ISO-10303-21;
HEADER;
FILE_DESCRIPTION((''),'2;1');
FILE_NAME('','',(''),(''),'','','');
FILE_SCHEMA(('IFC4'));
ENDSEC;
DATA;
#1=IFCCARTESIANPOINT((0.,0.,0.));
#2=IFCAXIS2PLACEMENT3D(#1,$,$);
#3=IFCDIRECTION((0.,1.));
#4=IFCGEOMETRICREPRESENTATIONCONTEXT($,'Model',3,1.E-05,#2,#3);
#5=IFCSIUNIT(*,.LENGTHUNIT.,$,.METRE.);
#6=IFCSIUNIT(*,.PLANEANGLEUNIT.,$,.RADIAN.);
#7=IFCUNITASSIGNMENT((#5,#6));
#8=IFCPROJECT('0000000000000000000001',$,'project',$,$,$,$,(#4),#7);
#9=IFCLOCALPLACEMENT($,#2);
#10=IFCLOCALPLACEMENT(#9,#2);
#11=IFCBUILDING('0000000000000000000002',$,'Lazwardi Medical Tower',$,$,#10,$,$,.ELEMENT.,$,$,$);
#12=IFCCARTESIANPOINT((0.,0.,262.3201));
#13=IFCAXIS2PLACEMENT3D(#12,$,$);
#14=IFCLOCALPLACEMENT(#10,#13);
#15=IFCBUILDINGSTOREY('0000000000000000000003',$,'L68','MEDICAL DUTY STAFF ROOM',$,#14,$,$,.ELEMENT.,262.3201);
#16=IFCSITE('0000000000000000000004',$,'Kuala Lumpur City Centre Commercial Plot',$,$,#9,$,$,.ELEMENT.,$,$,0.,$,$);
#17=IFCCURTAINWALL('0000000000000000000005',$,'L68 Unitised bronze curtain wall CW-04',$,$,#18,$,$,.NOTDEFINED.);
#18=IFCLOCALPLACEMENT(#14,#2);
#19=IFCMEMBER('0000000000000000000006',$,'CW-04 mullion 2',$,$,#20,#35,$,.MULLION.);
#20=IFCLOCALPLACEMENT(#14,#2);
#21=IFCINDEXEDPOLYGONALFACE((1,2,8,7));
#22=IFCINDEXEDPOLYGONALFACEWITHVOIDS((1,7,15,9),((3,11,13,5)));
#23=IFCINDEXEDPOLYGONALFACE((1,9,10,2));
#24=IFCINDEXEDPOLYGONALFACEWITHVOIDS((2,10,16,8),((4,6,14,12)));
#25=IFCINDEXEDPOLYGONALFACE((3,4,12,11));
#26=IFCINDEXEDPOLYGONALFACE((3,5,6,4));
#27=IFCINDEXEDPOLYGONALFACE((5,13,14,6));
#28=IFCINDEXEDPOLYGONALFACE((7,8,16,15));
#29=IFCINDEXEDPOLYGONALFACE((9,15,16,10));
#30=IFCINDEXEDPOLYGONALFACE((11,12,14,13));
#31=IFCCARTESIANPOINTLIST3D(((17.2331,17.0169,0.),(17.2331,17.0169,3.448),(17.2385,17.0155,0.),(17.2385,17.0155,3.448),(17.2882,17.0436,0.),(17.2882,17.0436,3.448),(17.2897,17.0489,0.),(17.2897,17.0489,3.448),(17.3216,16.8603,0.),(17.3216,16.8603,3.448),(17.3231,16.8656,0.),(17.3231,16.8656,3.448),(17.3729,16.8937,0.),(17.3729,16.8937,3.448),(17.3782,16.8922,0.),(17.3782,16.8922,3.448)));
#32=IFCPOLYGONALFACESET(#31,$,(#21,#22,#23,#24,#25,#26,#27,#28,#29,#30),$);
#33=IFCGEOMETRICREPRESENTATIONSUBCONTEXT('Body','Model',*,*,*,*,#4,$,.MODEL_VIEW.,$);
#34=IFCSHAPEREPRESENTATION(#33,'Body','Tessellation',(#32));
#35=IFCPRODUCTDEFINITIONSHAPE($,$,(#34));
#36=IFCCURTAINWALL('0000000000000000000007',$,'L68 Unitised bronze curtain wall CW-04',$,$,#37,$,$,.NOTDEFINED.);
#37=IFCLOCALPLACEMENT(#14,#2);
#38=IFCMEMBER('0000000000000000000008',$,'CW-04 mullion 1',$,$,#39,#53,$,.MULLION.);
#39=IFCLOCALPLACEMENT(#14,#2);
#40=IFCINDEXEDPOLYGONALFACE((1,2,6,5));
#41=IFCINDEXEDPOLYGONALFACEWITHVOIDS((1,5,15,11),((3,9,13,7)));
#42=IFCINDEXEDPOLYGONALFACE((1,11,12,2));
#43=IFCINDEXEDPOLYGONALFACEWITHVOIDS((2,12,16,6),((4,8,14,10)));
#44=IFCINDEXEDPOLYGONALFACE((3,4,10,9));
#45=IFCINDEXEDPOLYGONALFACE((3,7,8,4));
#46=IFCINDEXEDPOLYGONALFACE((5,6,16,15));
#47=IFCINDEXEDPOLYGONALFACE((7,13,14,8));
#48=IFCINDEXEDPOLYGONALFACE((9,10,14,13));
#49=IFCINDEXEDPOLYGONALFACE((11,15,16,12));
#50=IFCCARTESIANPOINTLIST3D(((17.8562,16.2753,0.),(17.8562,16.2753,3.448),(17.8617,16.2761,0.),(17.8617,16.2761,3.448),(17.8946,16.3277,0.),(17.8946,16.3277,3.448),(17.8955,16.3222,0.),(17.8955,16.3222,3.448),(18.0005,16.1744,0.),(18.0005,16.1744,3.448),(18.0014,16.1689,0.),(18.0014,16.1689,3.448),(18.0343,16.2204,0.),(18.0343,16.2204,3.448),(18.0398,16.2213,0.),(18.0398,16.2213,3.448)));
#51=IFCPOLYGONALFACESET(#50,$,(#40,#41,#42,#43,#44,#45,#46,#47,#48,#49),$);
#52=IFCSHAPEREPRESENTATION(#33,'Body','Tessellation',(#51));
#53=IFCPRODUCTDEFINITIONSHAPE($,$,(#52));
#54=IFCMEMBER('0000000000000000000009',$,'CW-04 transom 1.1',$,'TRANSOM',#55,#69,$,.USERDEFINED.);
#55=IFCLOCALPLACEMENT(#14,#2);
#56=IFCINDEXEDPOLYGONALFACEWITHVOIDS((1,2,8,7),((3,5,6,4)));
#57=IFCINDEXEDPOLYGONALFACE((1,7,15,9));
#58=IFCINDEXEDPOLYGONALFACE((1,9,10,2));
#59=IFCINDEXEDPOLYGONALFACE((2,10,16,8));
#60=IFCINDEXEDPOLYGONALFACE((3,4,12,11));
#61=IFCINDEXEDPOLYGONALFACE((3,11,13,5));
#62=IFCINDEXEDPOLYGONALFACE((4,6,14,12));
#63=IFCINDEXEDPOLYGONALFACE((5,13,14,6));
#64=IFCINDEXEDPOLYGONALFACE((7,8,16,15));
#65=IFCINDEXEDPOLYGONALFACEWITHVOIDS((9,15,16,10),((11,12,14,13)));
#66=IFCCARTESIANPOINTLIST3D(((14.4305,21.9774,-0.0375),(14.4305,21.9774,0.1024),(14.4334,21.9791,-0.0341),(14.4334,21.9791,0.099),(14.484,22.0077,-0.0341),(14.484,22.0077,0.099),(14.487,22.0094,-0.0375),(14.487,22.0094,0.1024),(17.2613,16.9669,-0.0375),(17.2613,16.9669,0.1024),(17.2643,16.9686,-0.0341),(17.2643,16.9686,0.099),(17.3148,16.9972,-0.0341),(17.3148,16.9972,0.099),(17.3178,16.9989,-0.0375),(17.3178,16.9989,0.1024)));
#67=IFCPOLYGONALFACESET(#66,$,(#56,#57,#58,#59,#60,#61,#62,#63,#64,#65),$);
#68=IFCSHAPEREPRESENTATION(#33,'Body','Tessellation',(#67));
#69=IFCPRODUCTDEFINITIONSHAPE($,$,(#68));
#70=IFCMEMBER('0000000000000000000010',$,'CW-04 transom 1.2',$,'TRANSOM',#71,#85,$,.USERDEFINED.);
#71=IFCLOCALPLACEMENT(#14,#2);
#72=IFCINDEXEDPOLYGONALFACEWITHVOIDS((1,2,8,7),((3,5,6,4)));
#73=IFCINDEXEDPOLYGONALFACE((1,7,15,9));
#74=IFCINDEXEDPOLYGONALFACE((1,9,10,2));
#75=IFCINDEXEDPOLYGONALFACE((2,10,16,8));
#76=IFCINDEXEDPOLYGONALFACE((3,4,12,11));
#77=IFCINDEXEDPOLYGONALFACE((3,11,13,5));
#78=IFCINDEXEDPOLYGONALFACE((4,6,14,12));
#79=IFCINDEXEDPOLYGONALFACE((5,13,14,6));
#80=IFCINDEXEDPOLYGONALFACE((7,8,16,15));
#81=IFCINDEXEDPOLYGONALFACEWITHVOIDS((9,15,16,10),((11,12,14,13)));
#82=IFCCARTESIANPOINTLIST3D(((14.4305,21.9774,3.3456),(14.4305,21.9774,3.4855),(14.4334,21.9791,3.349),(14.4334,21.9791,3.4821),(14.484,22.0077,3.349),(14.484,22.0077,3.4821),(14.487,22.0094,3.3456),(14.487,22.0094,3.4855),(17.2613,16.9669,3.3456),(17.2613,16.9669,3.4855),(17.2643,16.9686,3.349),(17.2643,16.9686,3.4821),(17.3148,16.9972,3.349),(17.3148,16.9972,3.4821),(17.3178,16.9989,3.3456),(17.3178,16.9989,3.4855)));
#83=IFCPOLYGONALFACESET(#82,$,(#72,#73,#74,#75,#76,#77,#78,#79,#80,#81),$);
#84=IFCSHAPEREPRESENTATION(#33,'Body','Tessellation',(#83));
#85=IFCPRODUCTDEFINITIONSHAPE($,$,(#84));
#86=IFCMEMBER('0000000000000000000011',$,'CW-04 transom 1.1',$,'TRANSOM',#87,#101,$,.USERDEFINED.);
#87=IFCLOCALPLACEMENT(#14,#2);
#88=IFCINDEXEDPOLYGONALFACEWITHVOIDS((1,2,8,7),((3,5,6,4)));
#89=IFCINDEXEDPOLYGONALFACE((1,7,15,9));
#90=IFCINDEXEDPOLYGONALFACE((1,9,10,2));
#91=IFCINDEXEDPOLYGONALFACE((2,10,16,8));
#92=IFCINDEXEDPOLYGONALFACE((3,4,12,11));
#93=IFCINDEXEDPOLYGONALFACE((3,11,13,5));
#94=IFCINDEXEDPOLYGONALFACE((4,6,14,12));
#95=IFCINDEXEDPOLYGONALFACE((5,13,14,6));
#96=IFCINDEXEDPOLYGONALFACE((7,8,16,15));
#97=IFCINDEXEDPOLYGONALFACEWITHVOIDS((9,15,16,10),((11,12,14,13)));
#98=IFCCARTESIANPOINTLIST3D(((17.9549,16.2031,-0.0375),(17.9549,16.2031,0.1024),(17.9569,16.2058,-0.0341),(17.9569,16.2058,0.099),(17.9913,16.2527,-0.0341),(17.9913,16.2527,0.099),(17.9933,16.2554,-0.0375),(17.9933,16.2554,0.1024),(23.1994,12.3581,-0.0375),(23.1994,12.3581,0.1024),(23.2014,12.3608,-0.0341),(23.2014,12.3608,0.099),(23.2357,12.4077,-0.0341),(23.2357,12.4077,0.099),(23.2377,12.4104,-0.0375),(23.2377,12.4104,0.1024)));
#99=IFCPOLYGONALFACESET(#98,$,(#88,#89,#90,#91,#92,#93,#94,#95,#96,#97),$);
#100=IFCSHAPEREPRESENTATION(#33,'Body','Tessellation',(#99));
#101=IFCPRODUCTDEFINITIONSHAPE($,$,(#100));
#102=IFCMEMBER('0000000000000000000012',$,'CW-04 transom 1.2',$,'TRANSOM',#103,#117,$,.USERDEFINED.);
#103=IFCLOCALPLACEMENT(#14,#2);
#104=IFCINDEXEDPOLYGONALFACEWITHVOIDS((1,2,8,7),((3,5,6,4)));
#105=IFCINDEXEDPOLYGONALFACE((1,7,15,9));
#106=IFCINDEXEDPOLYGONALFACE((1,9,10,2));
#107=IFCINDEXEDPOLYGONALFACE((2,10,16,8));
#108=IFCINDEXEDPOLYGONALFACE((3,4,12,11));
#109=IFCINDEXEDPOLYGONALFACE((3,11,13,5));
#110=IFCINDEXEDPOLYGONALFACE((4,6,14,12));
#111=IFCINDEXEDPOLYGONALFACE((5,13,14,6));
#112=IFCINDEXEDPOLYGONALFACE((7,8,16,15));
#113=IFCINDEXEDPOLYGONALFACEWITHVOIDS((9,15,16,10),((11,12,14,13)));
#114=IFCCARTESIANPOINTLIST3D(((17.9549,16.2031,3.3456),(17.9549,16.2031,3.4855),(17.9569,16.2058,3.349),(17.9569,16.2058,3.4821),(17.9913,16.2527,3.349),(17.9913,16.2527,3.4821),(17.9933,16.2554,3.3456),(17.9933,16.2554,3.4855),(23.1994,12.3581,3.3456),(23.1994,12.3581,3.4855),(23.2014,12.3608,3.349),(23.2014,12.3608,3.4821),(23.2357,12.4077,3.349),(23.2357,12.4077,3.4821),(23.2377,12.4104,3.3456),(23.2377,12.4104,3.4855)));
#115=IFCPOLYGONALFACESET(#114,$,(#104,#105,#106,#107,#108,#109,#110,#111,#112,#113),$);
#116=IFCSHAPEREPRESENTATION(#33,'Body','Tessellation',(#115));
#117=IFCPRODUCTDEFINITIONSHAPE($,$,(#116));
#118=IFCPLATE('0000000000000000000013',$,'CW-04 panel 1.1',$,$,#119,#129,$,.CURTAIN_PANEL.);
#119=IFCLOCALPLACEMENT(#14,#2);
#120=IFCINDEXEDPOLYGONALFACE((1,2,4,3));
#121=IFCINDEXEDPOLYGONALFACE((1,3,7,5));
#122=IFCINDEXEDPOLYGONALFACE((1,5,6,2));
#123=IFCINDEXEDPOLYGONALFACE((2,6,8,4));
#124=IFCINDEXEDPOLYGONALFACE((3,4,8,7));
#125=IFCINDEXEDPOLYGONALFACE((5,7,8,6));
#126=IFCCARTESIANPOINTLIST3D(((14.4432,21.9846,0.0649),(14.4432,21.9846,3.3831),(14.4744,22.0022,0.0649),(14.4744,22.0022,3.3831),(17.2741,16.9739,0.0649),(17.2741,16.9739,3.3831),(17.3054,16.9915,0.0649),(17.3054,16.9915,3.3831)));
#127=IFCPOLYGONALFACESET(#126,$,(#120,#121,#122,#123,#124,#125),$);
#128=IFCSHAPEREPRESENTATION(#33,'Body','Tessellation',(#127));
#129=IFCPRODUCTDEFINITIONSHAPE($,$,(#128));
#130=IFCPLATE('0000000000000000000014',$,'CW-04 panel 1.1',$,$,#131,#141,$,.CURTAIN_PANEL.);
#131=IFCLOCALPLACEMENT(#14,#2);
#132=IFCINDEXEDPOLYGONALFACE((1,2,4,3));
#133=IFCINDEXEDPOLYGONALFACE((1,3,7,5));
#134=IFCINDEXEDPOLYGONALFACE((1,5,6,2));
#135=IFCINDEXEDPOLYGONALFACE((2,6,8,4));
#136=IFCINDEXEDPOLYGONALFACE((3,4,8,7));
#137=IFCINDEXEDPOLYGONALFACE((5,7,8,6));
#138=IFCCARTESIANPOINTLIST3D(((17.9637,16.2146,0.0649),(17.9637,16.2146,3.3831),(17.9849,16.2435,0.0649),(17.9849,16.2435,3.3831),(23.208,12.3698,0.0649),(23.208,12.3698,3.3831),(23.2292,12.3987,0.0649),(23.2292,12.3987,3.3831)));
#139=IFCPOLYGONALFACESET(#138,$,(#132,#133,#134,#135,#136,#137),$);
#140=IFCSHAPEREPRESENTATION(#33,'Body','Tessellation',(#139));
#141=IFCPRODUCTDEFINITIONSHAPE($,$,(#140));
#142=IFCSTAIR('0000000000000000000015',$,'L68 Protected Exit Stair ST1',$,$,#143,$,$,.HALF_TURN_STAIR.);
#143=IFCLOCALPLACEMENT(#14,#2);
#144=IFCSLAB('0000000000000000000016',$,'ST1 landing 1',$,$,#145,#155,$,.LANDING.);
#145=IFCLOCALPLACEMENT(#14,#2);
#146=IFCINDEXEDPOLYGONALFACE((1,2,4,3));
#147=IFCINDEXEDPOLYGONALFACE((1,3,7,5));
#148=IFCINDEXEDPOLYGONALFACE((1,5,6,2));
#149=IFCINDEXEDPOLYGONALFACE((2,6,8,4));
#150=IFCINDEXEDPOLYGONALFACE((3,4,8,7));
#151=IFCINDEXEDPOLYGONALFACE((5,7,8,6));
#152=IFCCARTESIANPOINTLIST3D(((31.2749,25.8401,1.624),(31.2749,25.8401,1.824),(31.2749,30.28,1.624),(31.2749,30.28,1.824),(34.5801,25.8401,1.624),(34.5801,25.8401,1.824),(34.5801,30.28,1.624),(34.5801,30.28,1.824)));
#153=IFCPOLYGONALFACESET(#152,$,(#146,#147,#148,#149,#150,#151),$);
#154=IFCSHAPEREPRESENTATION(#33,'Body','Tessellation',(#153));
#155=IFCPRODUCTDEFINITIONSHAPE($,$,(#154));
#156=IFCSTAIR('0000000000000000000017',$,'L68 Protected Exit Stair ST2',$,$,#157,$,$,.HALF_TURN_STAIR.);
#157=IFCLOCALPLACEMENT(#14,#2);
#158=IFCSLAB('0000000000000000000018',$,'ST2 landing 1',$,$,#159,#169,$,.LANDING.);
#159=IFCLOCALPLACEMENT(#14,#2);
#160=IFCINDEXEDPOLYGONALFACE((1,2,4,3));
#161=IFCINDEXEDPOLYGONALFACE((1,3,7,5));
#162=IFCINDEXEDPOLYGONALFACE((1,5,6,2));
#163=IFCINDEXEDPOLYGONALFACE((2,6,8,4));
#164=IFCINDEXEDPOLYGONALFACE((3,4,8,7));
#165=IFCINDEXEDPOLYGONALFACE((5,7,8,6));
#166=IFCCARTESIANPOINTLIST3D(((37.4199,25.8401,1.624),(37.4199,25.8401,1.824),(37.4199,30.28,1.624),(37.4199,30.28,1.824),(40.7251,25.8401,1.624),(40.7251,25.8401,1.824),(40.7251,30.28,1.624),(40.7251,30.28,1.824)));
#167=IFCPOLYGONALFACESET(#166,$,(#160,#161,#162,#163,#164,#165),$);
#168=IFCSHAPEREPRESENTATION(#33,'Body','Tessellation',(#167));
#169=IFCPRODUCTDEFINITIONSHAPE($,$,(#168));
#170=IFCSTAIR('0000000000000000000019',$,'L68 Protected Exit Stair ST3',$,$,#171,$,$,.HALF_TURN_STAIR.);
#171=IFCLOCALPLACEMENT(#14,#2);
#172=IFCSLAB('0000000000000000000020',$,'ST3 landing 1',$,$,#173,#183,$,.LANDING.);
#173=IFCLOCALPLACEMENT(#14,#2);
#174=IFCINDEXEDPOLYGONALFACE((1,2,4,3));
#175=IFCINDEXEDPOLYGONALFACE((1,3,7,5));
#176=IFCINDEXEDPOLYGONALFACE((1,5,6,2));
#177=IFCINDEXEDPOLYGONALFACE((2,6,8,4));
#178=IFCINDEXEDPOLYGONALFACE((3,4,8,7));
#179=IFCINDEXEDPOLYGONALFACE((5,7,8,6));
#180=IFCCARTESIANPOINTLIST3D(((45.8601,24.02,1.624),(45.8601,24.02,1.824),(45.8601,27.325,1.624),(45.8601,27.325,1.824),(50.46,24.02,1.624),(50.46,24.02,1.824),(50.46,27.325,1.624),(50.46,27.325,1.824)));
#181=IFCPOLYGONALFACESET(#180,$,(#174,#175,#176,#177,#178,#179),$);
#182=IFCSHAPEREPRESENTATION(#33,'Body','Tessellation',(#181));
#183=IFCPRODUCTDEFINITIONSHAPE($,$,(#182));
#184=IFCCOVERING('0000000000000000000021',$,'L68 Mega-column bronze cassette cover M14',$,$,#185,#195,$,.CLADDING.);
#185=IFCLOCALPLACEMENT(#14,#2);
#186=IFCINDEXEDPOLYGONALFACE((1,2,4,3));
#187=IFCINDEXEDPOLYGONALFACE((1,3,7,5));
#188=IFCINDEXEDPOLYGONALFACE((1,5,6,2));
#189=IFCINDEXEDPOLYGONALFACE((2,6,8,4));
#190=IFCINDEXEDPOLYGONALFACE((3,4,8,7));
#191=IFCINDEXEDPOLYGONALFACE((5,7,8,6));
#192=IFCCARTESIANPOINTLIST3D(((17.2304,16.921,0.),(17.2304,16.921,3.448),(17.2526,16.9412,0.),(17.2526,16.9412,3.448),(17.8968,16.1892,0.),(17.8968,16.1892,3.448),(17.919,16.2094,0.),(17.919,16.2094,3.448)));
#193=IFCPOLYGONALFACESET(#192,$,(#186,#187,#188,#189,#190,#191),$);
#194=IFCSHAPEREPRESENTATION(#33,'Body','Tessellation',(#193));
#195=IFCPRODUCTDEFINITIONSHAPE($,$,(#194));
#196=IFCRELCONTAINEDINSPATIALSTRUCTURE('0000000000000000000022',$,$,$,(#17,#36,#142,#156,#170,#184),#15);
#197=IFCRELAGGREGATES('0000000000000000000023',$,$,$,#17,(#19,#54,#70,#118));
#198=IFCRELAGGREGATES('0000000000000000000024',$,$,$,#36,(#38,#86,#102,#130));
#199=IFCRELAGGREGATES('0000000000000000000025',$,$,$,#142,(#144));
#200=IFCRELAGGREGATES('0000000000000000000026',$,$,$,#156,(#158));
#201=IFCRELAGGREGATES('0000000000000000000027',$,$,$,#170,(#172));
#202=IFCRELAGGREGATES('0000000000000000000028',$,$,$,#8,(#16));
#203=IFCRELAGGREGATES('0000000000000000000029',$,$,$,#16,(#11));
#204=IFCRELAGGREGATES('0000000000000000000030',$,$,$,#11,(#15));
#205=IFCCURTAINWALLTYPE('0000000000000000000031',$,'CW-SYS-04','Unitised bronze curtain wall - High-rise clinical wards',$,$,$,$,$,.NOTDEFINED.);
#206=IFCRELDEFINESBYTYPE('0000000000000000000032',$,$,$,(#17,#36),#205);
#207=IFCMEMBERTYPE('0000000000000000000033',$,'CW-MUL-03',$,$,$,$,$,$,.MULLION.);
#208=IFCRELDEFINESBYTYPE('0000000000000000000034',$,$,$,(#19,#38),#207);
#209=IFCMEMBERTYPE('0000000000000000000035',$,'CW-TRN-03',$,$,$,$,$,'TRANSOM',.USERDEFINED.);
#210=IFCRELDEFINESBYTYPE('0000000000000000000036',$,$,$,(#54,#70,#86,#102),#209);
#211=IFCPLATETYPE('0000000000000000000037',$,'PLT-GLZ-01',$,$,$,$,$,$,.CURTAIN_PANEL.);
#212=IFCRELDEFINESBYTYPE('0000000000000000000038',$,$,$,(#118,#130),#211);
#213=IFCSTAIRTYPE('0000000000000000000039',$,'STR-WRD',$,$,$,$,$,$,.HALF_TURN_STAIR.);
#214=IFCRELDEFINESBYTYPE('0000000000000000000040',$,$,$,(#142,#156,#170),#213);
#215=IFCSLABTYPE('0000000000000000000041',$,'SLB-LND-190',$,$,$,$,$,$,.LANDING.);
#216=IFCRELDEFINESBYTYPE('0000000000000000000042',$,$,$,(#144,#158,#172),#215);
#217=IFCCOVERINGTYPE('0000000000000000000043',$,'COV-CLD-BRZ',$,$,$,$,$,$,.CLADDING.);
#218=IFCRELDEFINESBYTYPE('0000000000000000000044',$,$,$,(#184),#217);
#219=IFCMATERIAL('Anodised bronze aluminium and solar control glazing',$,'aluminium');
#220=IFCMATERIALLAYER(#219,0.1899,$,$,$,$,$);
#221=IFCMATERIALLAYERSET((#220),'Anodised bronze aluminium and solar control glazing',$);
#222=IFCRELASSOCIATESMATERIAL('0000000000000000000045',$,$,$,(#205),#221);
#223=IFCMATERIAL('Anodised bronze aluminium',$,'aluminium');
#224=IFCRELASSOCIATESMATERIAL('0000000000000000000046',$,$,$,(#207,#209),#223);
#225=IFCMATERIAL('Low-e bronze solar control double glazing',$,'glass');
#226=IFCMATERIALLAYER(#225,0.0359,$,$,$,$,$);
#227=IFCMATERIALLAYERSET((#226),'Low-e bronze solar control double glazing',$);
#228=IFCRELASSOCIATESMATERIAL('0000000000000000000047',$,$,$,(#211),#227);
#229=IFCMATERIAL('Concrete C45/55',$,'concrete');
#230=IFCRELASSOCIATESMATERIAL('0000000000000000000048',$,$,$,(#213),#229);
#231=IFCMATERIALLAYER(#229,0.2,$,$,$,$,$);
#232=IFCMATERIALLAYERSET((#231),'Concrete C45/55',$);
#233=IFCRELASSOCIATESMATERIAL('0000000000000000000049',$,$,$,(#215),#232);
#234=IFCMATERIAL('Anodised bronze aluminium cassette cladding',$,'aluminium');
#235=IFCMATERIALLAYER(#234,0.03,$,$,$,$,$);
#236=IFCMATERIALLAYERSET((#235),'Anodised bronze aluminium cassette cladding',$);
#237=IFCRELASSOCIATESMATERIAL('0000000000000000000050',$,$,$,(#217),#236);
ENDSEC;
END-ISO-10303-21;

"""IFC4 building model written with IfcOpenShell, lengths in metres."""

from ifc_helpers import new_model, si_unit, direction, frame, origin, origin_2d, place, context, subcontext, project, spatial, polyline, rectangle, hollow_rectangle, outline, extrude, material, layer, layer_set, material_profile, profile_set, type_object, element, aggregate, save


model = new_model("IFC4")

# Units and contexts
model_context = context("Model", 3, precision=1e-05, world=origin(), true_north=direction((0.0, 1.0)))
body_context = subcontext(model_context, "Body", "Model", "MODEL_VIEW")
ifc_project = project(units=[si_unit("LENGTHUNIT", "METRE"), si_unit("PLANEANGLEUNIT", "RADIAN")], contexts=[model_context])

# Site, building, storey
site_placement = place(None, origin())
site = spatial("IfcSite", under=ifc_project, at=site_placement, Name="Kuala Lumpur City Centre Commercial Plot", CompositionType="ELEMENT", RefElevation=0.0)
building_placement = place(site_placement, origin())
building = spatial("IfcBuilding", under=site, at=building_placement, Name="Lazwardi Medical Tower", CompositionType="ELEMENT")
storey_placement = place(building_placement, frame((0.0, 0.0, 262.3201)))
storey = spatial("IfcBuildingStorey", under=building, at=storey_placement, Name="L68", Description="MEDICAL DUTY STAFF ROOM", CompositionType="ELEMENT", Elevation=262.3201)

# Curtain walls, members
ifc_material_1 = material(Name="Anodised bronze aluminium and solar control glazing", Category="aluminium")
ifc_layer_1 = layer(ifc_material_1, 0.1899)
ifc_layer_set_1 = layer_set([ifc_layer_1], Name="Anodised bronze aluminium and solar control glazing")
curtain_wall_type = type_object("IfcCurtainWallType", Name="CW-SYS-04", Description="Unitised bronze curtain wall - High-rise clinical wards", PredefinedType="NOTDEFINED", material=ifc_layer_set_1)
curtain_wall_1_placement = place(storey_placement, origin())
curtain_wall_1 = element("IfcCurtainWall", 1, at=curtain_wall_1_placement, inside=storey, type_object=curtain_wall_type, Name="L68 Unitised bronze curtain wall CW-04", PredefinedType="NOTDEFINED")
ifc_material_2 = material(Name="Anodised bronze aluminium", Category="aluminium")
ifc_material_profile_1 = material_profile(ifc_material_2, hollow_rectangle(XDim=0.0649, YDim=0.1799, WallThickness=0.0039, at=origin_2d()), Name="ALU-MULLION 180x65x4")
ifc_profile_set_1 = profile_set([ifc_material_profile_1], Name="Anodised bronze aluminium")
member_type_1 = type_object("IfcMemberType", Name="CW-MUL-03", PredefinedType="MULLION", material=ifc_profile_set_1)
member_1_placement = place(storey_placement, frame((17.3057, 16.9546, 0.0), z_axis=(0.0, 0.0, 1.0), x_axis=(0.870651, 0.4919, 0.0)))
member_1 = element("IfcMember", 2, at=member_1_placement, type_object=member_type_1, Name="CW-04 mullion 2", PredefinedType="MULLION", context=body_context, shape_type="SweptSolid", body=[
    extrude(hollow_rectangle(XDim=0.0649, YDim=0.1799, WallThickness=0.0039, at=origin_2d()), origin(), (0.0, 0.0, 1.0), 3.448),
])
curtain_wall_2_placement = place(storey_placement, origin())
curtain_wall_2 = element("IfcCurtainWall", 3, at=curtain_wall_2_placement, inside=storey, type_object=curtain_wall_type, Name="L68 Unitised bronze curtain wall CW-04", PredefinedType="NOTDEFINED")
member_2_placement = place(storey_placement, frame((17.948, 16.2483, 0.0), z_axis=(0.0, 0.0, 1.0), x_axis=(0.591268, 0.806475, 0.0)))
member_2 = element("IfcMember", 4, at=member_2_placement, type_object=member_type_1, Name="CW-04 mullion 1", PredefinedType="MULLION", context=body_context, shape_type="SweptSolid", body=[
    extrude(hollow_rectangle(XDim=0.0649, YDim=0.1799, WallThickness=0.0039, at=origin_2d()), origin(), (0.0, 0.0, 1.0), 3.448),
])

# Members
ifc_material_profile_2 = material_profile(ifc_material_2, hollow_rectangle(XDim=0.0649, YDim=0.1399, WallThickness=0.0034, at=origin_2d()), Name="ALU-TRANSOM 140x65x3.5")
ifc_profile_set_2 = profile_set([ifc_material_profile_2], Name="Anodised bronze aluminium")
member_type_2 = type_object("IfcMemberType", Name="CW-TRN-03", ElementType="TRANSOM", PredefinedType="USERDEFINED", material=ifc_profile_set_2)
member_3_placement = place(storey_placement, frame((14.4587, 21.9934, 0.0325), z_axis=(0.491898, -0.870653, 0.0), x_axis=(0.870653, 0.491898, 0.0)))
member_3 = element("IfcMember", 5, at=member_3_placement, type_object=member_type_2, Name="CW-04 transom 1.1", ObjectType="TRANSOM", PredefinedType="USERDEFINED", context=body_context, shape_type="SweptSolid", body=[
    extrude(hollow_rectangle(XDim=0.0649, YDim=0.1399, WallThickness=0.0034, at=origin_2d()), origin(), (0.0, 0.0, 1.0), 5.7549),
])
member_4_placement = place(storey_placement, frame((14.4587, 21.9934, 3.4155), z_axis=(0.491898, -0.870653, 0.0), x_axis=(0.870653, 0.491898, 0.0)))
member_4 = element("IfcMember", 6, at=member_4_placement, type_object=member_type_2, Name="CW-04 transom 1.2", ObjectType="TRANSOM", PredefinedType="USERDEFINED", context=body_context, shape_type="SweptSolid", body=[
    extrude(hollow_rectangle(XDim=0.0649, YDim=0.1399, WallThickness=0.0034, at=origin_2d()), origin(), (0.0, 0.0, 1.0), 5.7549),
])
member_5_placement = place(storey_placement, frame((17.9741, 16.2292, 0.0325), z_axis=(0.806472, -0.591273, 0.0), x_axis=(0.591273, 0.806472, 0.0)))
member_5 = element("IfcMember", 7, at=member_5_placement, type_object=member_type_2, Name="CW-04 transom 1.1", ObjectType="TRANSOM", PredefinedType="USERDEFINED", context=body_context, shape_type="SweptSolid", body=[
    extrude(hollow_rectangle(XDim=0.0649, YDim=0.1399, WallThickness=0.0034, at=origin_2d()), origin(), (0.0, 0.0, 1.0), 6.5029),
])
member_6_placement = place(storey_placement, frame((17.9741, 16.2292, 3.4155), z_axis=(0.806472, -0.591273, 0.0), x_axis=(0.591273, 0.806472, 0.0)))
member_6 = element("IfcMember", 8, at=member_6_placement, type_object=member_type_2, Name="CW-04 transom 1.2", ObjectType="TRANSOM", PredefinedType="USERDEFINED", context=body_context, shape_type="SweptSolid", body=[
    extrude(hollow_rectangle(XDim=0.0649, YDim=0.1399, WallThickness=0.0034, at=origin_2d()), origin(), (0.0, 0.0, 1.0), 6.5029),
])

# Plates
ifc_material_3 = material(Name="Low-e bronze solar control double glazing", Category="glass")
ifc_layer_2 = layer(ifc_material_3, 0.0359)
ifc_layer_set_2 = layer_set([ifc_layer_2], Name="Low-e bronze solar control double glazing")
plate_type = type_object("IfcPlateType", Name="PLT-GLZ-01", PredefinedType="CURTAIN_PANEL", material=ifc_layer_set_2)
plate_1_placement = place(storey_placement, frame((15.8743, 19.488, 0.0649), z_axis=(0.0, 0.0, 1.0), x_axis=(0.4919, -0.870651, 0.0)))
plate_1 = element("IfcPlate", 9, at=plate_1_placement, type_object=plate_type, Name="CW-04 panel 1.1", PredefinedType="CURTAIN_PANEL", context=body_context, shape_type="SweptSolid", body=[
    extrude(rectangle(XDim=5.7551, YDim=0.0359, at=origin_2d()), origin(), (0.0, 0.0, 1.0), 3.3181),
])
aggregate(curtain_wall_1, [member_1, member_3, member_4, plate_1])
plate_2_placement = place(storey_placement, frame((20.5964, 14.3066, 0.0649), z_axis=(0.0, 0.0, 1.0), x_axis=(0.806475, -0.591268, 0.0)))
plate_2 = element("IfcPlate", 10, at=plate_2_placement, type_object=plate_type, Name="CW-04 panel 1.1", PredefinedType="CURTAIN_PANEL", context=body_context, shape_type="SweptSolid", body=[
    extrude(rectangle(XDim=6.5027, YDim=0.0359, at=origin_2d()), origin(), (0.0, 0.0, 1.0), 3.3181),
])
aggregate(curtain_wall_2, [member_2, member_5, member_6, plate_2])

# Stairs, slabs
ifc_material_4 = material(Name="Concrete C45/55", Category="concrete")
stair_type = type_object("IfcStairType", Name="STR-WRD", PredefinedType="HALF_TURN_STAIR", material=ifc_material_4)
stair_1_placement = place(storey_placement, origin())
stair_1 = element("IfcStair", 11, at=stair_1_placement, inside=storey, type_object=stair_type, Name="L68 Protected Exit Stair ST1", PredefinedType="HALF_TURN_STAIR")
ifc_layer_3 = layer(ifc_material_4, 0.2)
ifc_layer_set_3 = layer_set([ifc_layer_3], Name="Concrete C45/55")
slab_type = type_object("IfcSlabType", Name="SLB-LND-190", PredefinedType="LANDING", material=ifc_layer_set_3)
slab_1_placement = place(storey_placement, frame((0.0, 0.0, 1.624)))
slab_1 = element("IfcSlab", 12, at=slab_1_placement, type_object=slab_type, Name="ST1 landing 1", PredefinedType="LANDING", context=body_context, shape_type="SweptSolid", body=[
    extrude(outline(polyline([(31.2749, 25.8401), (34.5801, 25.8401), (34.5801, 30.28), (31.2749, 30.28), (31.2749, 25.8401)])), origin(), (0.0, 0.0, 1.0), 0.2),
])
aggregate(stair_1, [slab_1])
stair_2_placement = place(storey_placement, origin())
stair_2 = element("IfcStair", 13, at=stair_2_placement, inside=storey, type_object=stair_type, Name="L68 Protected Exit Stair ST2", PredefinedType="HALF_TURN_STAIR")
slab_2_placement = place(storey_placement, frame((0.0, 0.0, 1.624)))
slab_2 = element("IfcSlab", 14, at=slab_2_placement, type_object=slab_type, Name="ST2 landing 1", PredefinedType="LANDING", context=body_context, shape_type="SweptSolid", body=[
    extrude(outline(polyline([(40.7251, 30.28), (37.4199, 30.28), (37.4199, 25.8401), (40.7251, 25.8401), (40.7251, 30.28)])), origin(), (0.0, 0.0, 1.0), 0.2),
])
aggregate(stair_2, [slab_2])
stair_3_placement = place(storey_placement, origin())
stair_3 = element("IfcStair", 15, at=stair_3_placement, inside=storey, type_object=stair_type, Name="L68 Protected Exit Stair ST3", PredefinedType="HALF_TURN_STAIR")
slab_3_placement = place(storey_placement, frame((0.0, 0.0, 1.624)))
slab_3 = element("IfcSlab", 16, at=slab_3_placement, type_object=slab_type, Name="ST3 landing 1", PredefinedType="LANDING", context=body_context, shape_type="SweptSolid", body=[
    extrude(outline(polyline([(45.8601, 27.325), (45.8601, 24.02), (50.46, 24.02), (50.46, 27.325), (45.8601, 27.325)])), origin(), (0.0, 0.0, 1.0), 0.2),
])
aggregate(stair_3, [slab_3])

# Covering
ifc_material_5 = material(Name="Anodised bronze aluminium cassette cladding", Category="aluminium")
ifc_layer_4 = layer(ifc_material_5, 0.03)
ifc_layer_set_4 = layer_set([ifc_layer_4], Name="Anodised bronze aluminium cassette cladding")
covering_type_1 = type_object("IfcCoveringType", Name="COV-CLD-BRZ", PredefinedType="CLADDING", material=ifc_layer_set_4)
covering_1_placement = place(storey_placement, frame((17.5747, 16.5652, 0.0), z_axis=(0.0, 0.0, 1.0), x_axis=(0.673241, -0.739423, 0.0)))
element("IfcCovering", 17, at=covering_1_placement, inside=storey, type_object=covering_type_1, Name="L68 Mega-column bronze cassette cover M14", PredefinedType="CLADDING", context=body_context, shape_type="SweptSolid", body=[
    extrude(rectangle(XDim=0.9897, YDim=0.03, at=origin_2d()), origin(), (0.0, 0.0, 1.0), 3.448),
])

save(model, "model.ifc")
